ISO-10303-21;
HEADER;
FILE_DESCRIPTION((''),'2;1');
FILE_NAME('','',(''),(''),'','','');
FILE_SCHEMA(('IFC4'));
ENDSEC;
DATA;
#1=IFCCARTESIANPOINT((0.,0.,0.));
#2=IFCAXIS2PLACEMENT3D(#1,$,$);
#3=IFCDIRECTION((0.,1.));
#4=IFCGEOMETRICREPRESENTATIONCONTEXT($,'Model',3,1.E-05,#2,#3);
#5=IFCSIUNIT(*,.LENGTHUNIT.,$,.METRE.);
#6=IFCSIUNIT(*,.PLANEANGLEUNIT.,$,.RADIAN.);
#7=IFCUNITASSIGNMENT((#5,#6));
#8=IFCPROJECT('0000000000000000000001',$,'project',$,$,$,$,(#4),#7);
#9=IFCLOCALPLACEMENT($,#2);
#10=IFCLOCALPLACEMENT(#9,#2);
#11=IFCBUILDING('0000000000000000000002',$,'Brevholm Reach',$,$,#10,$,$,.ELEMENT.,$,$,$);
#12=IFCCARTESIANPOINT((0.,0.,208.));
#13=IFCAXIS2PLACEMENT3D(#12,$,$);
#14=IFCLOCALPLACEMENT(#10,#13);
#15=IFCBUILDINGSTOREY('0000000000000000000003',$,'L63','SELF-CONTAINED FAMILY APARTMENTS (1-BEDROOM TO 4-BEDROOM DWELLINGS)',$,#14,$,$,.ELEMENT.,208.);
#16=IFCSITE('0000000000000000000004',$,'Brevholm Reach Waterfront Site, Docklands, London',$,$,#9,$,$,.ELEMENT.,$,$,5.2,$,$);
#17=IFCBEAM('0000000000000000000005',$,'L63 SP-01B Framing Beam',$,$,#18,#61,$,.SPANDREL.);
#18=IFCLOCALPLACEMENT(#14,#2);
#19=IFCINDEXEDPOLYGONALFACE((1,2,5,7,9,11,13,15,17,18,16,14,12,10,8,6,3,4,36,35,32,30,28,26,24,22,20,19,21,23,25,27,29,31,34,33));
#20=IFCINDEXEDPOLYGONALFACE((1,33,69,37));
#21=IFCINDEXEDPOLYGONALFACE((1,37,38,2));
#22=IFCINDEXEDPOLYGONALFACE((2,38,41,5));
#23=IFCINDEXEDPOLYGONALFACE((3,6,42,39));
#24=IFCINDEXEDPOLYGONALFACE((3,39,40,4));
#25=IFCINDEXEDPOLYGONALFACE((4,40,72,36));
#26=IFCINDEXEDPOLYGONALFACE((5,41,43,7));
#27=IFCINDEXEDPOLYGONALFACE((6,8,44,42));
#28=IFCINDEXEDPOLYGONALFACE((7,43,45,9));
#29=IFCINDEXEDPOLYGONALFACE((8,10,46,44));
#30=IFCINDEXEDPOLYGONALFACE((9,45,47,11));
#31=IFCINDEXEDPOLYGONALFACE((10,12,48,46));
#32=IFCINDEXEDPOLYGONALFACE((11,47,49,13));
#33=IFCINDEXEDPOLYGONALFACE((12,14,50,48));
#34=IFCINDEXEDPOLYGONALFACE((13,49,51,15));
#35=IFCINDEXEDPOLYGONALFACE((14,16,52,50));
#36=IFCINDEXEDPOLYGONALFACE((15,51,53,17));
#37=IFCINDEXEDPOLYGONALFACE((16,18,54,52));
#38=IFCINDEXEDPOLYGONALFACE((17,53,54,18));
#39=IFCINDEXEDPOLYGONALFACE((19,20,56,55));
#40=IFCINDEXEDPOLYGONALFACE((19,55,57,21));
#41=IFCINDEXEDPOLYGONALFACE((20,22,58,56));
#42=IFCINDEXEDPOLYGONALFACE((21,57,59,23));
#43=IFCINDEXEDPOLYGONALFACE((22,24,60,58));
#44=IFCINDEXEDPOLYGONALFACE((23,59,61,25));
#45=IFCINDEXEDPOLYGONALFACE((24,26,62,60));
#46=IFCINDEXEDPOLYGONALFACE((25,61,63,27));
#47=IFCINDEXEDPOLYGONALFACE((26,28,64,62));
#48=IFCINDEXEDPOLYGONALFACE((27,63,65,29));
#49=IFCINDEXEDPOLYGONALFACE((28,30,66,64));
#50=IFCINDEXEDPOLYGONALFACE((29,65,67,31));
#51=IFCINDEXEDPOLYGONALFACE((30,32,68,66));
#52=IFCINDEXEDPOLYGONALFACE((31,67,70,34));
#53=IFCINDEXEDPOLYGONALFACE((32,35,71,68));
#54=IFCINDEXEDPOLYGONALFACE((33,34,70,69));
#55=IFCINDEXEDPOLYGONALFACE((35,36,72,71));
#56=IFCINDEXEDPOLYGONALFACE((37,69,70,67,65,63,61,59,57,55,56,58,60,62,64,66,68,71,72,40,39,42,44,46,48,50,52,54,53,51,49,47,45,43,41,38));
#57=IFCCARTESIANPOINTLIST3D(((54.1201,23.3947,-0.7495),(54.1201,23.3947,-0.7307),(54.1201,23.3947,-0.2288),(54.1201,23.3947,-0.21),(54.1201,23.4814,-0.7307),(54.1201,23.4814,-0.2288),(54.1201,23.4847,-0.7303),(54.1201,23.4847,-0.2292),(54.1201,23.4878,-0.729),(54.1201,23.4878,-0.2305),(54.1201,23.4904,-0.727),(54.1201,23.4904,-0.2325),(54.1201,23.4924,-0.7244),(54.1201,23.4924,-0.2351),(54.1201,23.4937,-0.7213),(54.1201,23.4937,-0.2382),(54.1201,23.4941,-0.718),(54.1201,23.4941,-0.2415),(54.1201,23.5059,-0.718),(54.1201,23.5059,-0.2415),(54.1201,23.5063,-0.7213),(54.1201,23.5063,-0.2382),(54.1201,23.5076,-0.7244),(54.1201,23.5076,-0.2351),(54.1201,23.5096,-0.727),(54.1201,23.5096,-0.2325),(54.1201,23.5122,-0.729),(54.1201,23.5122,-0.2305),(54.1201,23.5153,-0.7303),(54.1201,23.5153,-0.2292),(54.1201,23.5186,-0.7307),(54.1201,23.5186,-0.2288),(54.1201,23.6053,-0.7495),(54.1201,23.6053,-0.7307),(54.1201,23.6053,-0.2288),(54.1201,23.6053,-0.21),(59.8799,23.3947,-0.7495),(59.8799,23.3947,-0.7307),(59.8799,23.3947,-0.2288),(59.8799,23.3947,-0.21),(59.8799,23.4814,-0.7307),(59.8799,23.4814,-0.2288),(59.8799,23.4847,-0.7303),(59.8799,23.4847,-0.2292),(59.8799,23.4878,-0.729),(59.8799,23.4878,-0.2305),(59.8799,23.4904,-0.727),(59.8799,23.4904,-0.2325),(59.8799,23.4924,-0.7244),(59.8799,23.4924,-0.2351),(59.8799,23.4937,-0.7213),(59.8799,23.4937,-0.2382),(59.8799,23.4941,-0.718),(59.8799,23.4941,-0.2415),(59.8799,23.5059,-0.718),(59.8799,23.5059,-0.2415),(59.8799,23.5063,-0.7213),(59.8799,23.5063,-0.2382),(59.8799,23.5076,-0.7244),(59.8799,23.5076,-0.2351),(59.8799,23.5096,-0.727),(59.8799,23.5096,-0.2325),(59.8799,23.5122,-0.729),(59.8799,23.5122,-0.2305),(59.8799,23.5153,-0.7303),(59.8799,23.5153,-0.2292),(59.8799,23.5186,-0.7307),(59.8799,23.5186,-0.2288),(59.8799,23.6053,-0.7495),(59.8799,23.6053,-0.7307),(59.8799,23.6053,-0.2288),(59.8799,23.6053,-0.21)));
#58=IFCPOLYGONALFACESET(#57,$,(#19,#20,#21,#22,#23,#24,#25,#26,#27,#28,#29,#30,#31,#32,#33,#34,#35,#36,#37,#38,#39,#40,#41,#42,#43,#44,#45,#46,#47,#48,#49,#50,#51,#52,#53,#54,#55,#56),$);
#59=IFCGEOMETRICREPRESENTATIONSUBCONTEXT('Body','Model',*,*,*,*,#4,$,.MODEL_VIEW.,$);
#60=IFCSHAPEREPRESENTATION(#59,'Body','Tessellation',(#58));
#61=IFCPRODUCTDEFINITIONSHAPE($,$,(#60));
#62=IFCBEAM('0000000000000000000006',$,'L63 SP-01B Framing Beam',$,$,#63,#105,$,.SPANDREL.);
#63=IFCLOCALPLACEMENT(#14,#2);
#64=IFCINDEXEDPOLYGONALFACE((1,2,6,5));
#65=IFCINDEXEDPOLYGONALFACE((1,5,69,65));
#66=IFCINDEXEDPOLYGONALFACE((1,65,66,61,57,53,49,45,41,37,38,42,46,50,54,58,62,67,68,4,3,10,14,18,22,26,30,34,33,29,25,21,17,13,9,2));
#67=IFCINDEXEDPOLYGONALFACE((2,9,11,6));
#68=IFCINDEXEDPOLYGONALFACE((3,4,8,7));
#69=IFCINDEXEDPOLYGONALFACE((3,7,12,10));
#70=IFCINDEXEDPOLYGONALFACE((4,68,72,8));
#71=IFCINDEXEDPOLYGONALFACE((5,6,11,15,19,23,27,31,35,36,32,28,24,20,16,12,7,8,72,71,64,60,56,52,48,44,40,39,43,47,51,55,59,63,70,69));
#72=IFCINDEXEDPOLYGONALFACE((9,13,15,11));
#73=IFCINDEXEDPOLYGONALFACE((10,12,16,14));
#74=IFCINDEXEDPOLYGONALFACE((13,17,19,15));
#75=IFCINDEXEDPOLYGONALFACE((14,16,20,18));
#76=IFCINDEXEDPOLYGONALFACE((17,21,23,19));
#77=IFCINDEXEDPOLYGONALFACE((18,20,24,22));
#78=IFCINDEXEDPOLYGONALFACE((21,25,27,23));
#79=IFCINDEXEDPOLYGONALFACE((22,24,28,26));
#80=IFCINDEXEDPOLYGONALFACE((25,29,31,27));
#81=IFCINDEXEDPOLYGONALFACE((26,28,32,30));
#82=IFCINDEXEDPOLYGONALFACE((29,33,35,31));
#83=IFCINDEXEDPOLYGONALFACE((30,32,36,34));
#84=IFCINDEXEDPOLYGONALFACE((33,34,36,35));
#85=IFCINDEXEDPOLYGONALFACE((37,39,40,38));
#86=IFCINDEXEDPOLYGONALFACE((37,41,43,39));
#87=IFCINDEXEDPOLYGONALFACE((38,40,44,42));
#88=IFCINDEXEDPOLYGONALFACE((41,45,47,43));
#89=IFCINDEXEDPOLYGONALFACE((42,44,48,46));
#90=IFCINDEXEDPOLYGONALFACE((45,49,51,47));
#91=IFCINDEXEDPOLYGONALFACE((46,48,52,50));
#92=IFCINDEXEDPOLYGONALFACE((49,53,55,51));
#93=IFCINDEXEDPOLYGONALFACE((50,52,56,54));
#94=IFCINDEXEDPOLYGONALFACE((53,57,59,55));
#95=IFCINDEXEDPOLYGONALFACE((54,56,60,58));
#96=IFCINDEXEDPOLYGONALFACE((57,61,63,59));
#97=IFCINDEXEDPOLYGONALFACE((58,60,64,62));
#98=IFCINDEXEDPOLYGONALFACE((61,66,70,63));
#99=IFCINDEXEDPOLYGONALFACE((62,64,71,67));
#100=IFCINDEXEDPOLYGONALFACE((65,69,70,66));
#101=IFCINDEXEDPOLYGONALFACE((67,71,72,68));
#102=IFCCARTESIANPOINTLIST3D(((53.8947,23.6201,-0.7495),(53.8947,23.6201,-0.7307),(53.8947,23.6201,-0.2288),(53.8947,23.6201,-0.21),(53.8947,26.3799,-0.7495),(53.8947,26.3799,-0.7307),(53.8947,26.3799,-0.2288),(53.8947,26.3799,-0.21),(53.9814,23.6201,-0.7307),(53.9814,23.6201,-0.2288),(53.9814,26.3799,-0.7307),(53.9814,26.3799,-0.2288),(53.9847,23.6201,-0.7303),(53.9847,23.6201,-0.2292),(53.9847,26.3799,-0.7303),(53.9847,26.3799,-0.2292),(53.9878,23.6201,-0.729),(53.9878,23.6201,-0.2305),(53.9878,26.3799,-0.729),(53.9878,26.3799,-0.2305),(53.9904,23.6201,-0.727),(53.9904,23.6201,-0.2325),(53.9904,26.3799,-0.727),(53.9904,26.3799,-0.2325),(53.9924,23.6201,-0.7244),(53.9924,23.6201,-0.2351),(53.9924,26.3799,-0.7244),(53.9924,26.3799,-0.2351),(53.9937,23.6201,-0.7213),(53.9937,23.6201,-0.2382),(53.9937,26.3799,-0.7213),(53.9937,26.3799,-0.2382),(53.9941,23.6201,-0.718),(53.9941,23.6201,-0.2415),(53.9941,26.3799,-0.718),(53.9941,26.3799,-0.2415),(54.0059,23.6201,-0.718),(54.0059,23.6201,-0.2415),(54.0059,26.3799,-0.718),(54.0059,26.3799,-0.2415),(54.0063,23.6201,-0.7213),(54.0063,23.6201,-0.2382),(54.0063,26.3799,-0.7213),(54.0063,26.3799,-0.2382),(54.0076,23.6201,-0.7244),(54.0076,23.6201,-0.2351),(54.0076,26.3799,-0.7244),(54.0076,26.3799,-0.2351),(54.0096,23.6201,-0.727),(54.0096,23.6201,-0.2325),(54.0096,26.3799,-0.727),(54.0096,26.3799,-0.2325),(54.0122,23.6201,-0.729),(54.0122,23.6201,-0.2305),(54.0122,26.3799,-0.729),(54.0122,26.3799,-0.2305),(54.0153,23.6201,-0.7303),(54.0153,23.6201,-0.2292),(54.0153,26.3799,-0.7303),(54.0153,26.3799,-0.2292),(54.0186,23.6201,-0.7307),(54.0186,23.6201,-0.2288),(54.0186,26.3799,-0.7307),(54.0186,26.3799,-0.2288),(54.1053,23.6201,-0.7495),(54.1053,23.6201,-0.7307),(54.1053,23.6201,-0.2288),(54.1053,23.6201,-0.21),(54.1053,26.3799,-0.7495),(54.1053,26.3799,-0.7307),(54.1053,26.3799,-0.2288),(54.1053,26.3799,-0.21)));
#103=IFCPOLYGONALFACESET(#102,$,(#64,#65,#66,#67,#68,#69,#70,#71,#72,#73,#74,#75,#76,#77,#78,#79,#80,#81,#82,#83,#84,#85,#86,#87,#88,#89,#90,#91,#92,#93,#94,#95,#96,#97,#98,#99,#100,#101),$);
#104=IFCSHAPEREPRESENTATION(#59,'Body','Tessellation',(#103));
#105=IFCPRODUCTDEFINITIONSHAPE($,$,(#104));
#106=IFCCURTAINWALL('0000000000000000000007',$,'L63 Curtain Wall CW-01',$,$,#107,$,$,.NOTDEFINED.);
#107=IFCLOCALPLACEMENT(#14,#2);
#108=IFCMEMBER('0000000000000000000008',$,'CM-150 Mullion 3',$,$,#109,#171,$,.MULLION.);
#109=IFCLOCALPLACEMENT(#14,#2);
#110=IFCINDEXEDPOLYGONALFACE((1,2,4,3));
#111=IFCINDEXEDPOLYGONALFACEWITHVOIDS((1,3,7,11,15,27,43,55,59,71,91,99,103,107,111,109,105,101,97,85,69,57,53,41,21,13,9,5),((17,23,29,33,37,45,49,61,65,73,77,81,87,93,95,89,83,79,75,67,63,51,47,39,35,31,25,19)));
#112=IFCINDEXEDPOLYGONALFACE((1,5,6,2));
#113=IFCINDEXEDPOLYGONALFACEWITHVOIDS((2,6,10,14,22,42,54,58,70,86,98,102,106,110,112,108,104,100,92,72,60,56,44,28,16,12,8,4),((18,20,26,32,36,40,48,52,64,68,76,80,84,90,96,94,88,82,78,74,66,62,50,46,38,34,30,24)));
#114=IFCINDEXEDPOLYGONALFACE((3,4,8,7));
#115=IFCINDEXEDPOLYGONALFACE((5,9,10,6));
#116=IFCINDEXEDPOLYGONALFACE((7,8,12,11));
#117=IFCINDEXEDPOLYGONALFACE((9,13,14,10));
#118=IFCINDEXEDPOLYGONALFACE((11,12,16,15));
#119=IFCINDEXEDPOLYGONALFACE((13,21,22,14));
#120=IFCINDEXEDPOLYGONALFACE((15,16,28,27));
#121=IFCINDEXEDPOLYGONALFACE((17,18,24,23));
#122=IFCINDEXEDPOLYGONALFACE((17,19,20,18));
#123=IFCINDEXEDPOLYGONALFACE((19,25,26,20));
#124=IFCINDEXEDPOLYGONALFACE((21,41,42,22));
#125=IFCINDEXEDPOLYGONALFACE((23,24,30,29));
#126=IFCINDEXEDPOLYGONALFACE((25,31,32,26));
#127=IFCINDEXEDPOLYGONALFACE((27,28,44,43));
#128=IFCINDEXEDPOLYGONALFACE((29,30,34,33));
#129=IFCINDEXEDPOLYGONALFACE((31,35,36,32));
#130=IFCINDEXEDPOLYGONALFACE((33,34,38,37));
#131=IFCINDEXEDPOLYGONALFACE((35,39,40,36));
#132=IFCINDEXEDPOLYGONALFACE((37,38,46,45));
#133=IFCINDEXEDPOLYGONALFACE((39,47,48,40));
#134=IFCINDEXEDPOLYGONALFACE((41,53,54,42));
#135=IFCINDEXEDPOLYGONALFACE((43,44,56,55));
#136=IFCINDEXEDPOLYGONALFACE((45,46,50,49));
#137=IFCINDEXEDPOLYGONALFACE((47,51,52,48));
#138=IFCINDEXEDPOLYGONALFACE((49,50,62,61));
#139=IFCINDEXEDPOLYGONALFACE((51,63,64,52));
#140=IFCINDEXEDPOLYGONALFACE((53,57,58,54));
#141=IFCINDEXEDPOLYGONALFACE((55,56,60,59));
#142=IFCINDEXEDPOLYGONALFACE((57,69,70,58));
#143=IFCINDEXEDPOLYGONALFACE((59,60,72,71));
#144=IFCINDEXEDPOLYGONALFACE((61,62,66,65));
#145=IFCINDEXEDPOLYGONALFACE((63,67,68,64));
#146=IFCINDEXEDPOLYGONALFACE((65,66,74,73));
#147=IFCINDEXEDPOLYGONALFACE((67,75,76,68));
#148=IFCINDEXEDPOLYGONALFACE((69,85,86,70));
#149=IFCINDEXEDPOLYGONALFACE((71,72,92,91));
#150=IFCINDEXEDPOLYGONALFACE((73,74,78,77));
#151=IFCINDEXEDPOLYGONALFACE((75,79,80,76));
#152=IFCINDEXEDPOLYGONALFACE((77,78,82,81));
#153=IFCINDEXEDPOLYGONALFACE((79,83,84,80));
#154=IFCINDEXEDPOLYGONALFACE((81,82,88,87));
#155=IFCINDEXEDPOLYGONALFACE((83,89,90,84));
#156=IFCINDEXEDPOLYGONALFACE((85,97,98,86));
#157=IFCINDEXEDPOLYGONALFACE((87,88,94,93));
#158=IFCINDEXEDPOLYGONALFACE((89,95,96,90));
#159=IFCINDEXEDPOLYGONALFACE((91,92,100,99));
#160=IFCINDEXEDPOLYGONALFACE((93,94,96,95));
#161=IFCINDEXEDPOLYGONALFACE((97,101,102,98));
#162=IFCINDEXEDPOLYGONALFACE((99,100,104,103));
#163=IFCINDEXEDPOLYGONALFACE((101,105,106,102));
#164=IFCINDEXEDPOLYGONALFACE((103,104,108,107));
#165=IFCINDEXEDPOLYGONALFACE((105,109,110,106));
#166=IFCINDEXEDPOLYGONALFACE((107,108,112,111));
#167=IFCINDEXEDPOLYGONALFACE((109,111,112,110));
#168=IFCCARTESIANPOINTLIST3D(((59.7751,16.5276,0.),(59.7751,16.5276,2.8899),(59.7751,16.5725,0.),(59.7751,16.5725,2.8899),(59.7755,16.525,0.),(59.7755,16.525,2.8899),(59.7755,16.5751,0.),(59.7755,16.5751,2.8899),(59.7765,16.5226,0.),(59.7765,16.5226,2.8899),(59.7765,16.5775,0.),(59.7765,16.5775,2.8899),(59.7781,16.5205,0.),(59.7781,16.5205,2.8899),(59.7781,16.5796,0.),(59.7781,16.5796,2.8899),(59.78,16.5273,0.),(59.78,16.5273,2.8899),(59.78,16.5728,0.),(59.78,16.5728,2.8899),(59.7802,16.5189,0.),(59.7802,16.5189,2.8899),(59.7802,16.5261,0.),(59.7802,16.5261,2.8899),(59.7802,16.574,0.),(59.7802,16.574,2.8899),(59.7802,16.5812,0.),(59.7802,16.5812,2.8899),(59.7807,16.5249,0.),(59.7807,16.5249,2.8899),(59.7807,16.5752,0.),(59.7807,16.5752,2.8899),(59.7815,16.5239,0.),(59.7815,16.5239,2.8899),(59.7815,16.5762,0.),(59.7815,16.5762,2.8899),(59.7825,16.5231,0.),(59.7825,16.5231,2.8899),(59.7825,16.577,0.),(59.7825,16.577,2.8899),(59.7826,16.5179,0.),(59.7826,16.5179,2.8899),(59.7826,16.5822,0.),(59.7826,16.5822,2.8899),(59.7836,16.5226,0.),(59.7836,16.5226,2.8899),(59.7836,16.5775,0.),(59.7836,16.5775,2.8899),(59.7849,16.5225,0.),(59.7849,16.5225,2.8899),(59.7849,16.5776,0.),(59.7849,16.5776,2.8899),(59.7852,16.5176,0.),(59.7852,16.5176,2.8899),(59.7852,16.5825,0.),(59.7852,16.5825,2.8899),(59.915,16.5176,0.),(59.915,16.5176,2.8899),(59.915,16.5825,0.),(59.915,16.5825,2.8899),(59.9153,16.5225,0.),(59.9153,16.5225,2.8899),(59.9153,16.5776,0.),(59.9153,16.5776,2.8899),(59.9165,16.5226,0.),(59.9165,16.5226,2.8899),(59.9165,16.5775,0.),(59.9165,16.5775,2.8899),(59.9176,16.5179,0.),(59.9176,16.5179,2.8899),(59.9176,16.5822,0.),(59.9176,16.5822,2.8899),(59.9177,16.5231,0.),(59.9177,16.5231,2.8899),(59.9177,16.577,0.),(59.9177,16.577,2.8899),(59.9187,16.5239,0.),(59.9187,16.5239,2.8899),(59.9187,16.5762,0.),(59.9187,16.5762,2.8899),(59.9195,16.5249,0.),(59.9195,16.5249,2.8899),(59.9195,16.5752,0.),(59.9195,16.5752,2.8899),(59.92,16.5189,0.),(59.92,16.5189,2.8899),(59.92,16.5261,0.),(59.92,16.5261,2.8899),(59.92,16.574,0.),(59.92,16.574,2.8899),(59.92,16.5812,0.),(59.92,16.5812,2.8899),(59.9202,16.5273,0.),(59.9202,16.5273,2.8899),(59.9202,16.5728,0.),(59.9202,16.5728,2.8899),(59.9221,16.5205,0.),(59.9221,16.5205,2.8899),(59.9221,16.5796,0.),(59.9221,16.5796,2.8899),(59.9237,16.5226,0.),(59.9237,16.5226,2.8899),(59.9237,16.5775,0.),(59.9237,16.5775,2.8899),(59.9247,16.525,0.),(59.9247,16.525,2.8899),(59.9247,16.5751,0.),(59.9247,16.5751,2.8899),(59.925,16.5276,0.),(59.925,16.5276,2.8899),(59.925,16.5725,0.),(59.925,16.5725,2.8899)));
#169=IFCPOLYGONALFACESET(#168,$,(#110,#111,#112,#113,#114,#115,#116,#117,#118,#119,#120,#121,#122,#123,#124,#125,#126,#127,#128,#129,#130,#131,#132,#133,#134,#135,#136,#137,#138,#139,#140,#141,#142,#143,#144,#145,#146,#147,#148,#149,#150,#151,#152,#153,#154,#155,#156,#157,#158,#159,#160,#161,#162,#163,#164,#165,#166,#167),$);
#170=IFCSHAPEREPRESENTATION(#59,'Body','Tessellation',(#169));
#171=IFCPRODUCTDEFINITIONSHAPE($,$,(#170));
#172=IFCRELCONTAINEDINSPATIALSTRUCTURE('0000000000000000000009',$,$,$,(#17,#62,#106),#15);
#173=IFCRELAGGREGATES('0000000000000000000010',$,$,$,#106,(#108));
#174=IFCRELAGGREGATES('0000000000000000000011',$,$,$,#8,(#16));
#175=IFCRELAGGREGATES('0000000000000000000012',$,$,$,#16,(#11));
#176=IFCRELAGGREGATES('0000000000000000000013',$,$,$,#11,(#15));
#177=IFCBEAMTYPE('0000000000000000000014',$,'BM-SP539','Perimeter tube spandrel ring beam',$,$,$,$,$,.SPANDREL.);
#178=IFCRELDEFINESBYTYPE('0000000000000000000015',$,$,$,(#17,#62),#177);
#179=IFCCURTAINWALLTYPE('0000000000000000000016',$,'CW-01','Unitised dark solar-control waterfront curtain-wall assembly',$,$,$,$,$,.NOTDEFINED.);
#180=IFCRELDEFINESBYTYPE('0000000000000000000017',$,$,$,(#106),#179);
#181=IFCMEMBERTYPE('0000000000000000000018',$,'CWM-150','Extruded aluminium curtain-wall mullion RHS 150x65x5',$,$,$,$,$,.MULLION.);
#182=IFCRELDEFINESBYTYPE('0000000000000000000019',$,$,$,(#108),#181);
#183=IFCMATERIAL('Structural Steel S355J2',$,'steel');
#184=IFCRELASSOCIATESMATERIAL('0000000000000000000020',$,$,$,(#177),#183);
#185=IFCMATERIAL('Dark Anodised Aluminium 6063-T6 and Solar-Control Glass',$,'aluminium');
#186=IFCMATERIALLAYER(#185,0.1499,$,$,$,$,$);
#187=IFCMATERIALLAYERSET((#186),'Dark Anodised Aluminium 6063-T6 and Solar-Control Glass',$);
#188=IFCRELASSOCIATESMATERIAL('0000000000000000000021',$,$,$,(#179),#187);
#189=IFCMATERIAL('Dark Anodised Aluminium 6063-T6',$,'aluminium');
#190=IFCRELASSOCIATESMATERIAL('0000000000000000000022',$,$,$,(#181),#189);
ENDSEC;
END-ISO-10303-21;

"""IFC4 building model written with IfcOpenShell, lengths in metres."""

from ifc_helpers import new_model, si_unit, direction, frame, origin, origin_2d, place, context, subcontext, project, spatial, hollow_rectangle, i_section, extrude, material, layer, layer_set, material_profile, profile_set, type_object, element, aggregate, save


model = new_model("IFC4")

# Units and contexts
model_context = context("Model", 3, precision=1e-05, world=origin(), true_north=direction((0.0, 1.0)))
body_context = subcontext(model_context, "Body", "Model", "MODEL_VIEW")
ifc_project = project(units=[si_unit("LENGTHUNIT", "METRE"), si_unit("PLANEANGLEUNIT", "RADIAN")], contexts=[model_context])

# Site, building, storey
site_placement = place(None, origin())
site = spatial("IfcSite", under=ifc_project, at=site_placement, Name="Brevholm Reach Waterfront Site, Docklands, London", CompositionType="ELEMENT", RefElevation=5.2)
building_placement = place(site_placement, origin())
building = spatial("IfcBuilding", under=site, at=building_placement, Name="Brevholm Reach", CompositionType="ELEMENT")
storey_placement = place(building_placement, frame((0.0, 0.0, 208.0)))
storey = spatial("IfcBuildingStorey", under=building, at=storey_placement, Name="L63", Description="SELF-CONTAINED FAMILY APARTMENTS (1-BEDROOM TO 4-BEDROOM DWELLINGS)", CompositionType="ELEMENT", Elevation=208.0)

# Beams
ifc_material_1 = material(Name="Structural Steel S355J2", Category="steel")
ifc_material_profile_1 = material_profile(ifc_material_1, i_section(OverallWidth=0.2107, OverallDepth=0.5396, WebThickness=0.0117, FlangeThickness=0.0188, FilletRadius=0.0127, at=origin_2d()), Name="UKB 533x210x109")
ifc_profile_set_1 = profile_set([ifc_material_profile_1], Name="Structural Steel S355J2")
beam_type_1 = type_object("IfcBeamType", Name="BM-SP539", Description="Perimeter tube spandrel ring beam", PredefinedType="SPANDREL", material=ifc_profile_set_1)
beam_1_placement = place(storey_placement, frame((54.1201, 23.5, -0.4797), z_axis=(1.0, 0.0, 0.0), x_axis=(0.0, 1.0, 0.0)))
element("IfcBeam", 1, at=beam_1_placement, inside=storey, type_object=beam_type_1, Name="L63 SP-01B Framing Beam", PredefinedType="SPANDREL", context=body_context, shape_type="SweptSolid", body=[
    extrude(i_section(OverallWidth=0.2107, OverallDepth=0.5396, WebThickness=0.0117, FlangeThickness=0.0188, FilletRadius=0.0127, at=origin_2d()), origin(), (0.0, 0.0, 1.0), 5.7598),
])
beam_2_placement = place(storey_placement, frame((54.0, 23.6201, -0.4797), z_axis=(0.0, 1.0, 0.0), x_axis=(-1.0, 0.0, 0.0)))
element("IfcBeam", 2, at=beam_2_placement, inside=storey, type_object=beam_type_1, Name="L63 SP-01B Framing Beam", PredefinedType="SPANDREL", context=body_context, shape_type="SweptSolid", body=[
    extrude(i_section(OverallWidth=0.2107, OverallDepth=0.5396, WebThickness=0.0117, FlangeThickness=0.0188, FilletRadius=0.0127, at=origin_2d()), origin(), (0.0, 0.0, 1.0), 2.7598),
])

# Curtain wall, member
ifc_material_2 = material(Name="Dark Anodised Aluminium 6063-T6 and Solar-Control Glass", Category="aluminium")
ifc_layer_1 = layer(ifc_material_2, 0.1499)
ifc_layer_set_1 = layer_set([ifc_layer_1], Name="Dark Anodised Aluminium 6063-T6 and Solar-Control Glass")
curtain_wall_type = type_object("IfcCurtainWallType", Name="CW-01", Description="Unitised dark solar-control waterfront curtain-wall assembly", PredefinedType="NOTDEFINED", material=ifc_layer_set_1)
curtain_wall_placement = place(storey_placement, origin())
curtain_wall = element("IfcCurtainWall", 3, at=curtain_wall_placement, inside=storey, type_object=curtain_wall_type, Name="L63 Curtain Wall CW-01", PredefinedType="NOTDEFINED")
ifc_material_3 = material(Name="Dark Anodised Aluminium 6063-T6", Category="aluminium")
ifc_material_profile_2 = material_profile(ifc_material_3, hollow_rectangle(XDim=0.0649, YDim=0.1499, WallThickness=0.0049, InnerFilletRadius=0.0049, OuterFilletRadius=0.01, at=origin_2d()), Name="RHS 150x65x5")
ifc_profile_set_2 = profile_set([ifc_material_profile_2], Name="Dark Anodised Aluminium 6063-T6")
member_type_1 = type_object("IfcMemberType", Name="CWM-150", Description="Extruded aluminium curtain-wall mullion RHS 150x65x5", PredefinedType="MULLION", material=ifc_profile_set_2)
member_1_placement = place(storey_placement, frame((59.8501, 16.55, 0.0), z_axis=(0.0, 0.0, 1.0), x_axis=(0.0, 1.0, 0.0)))
member_1 = element("IfcMember", 4, at=member_1_placement, type_object=member_type_1, Name="CM-150 Mullion 3", PredefinedType="MULLION", context=body_context, shape_type="SweptSolid", body=[
    extrude(hollow_rectangle(XDim=0.0649, YDim=0.1499, WallThickness=0.0049, InnerFilletRadius=0.0049, OuterFilletRadius=0.01, at=origin_2d()), origin(), (0.0, 0.0, 1.0), 2.8899),
])
aggregate(curtain_wall, [member_1])

save(model, "model.ifc")
